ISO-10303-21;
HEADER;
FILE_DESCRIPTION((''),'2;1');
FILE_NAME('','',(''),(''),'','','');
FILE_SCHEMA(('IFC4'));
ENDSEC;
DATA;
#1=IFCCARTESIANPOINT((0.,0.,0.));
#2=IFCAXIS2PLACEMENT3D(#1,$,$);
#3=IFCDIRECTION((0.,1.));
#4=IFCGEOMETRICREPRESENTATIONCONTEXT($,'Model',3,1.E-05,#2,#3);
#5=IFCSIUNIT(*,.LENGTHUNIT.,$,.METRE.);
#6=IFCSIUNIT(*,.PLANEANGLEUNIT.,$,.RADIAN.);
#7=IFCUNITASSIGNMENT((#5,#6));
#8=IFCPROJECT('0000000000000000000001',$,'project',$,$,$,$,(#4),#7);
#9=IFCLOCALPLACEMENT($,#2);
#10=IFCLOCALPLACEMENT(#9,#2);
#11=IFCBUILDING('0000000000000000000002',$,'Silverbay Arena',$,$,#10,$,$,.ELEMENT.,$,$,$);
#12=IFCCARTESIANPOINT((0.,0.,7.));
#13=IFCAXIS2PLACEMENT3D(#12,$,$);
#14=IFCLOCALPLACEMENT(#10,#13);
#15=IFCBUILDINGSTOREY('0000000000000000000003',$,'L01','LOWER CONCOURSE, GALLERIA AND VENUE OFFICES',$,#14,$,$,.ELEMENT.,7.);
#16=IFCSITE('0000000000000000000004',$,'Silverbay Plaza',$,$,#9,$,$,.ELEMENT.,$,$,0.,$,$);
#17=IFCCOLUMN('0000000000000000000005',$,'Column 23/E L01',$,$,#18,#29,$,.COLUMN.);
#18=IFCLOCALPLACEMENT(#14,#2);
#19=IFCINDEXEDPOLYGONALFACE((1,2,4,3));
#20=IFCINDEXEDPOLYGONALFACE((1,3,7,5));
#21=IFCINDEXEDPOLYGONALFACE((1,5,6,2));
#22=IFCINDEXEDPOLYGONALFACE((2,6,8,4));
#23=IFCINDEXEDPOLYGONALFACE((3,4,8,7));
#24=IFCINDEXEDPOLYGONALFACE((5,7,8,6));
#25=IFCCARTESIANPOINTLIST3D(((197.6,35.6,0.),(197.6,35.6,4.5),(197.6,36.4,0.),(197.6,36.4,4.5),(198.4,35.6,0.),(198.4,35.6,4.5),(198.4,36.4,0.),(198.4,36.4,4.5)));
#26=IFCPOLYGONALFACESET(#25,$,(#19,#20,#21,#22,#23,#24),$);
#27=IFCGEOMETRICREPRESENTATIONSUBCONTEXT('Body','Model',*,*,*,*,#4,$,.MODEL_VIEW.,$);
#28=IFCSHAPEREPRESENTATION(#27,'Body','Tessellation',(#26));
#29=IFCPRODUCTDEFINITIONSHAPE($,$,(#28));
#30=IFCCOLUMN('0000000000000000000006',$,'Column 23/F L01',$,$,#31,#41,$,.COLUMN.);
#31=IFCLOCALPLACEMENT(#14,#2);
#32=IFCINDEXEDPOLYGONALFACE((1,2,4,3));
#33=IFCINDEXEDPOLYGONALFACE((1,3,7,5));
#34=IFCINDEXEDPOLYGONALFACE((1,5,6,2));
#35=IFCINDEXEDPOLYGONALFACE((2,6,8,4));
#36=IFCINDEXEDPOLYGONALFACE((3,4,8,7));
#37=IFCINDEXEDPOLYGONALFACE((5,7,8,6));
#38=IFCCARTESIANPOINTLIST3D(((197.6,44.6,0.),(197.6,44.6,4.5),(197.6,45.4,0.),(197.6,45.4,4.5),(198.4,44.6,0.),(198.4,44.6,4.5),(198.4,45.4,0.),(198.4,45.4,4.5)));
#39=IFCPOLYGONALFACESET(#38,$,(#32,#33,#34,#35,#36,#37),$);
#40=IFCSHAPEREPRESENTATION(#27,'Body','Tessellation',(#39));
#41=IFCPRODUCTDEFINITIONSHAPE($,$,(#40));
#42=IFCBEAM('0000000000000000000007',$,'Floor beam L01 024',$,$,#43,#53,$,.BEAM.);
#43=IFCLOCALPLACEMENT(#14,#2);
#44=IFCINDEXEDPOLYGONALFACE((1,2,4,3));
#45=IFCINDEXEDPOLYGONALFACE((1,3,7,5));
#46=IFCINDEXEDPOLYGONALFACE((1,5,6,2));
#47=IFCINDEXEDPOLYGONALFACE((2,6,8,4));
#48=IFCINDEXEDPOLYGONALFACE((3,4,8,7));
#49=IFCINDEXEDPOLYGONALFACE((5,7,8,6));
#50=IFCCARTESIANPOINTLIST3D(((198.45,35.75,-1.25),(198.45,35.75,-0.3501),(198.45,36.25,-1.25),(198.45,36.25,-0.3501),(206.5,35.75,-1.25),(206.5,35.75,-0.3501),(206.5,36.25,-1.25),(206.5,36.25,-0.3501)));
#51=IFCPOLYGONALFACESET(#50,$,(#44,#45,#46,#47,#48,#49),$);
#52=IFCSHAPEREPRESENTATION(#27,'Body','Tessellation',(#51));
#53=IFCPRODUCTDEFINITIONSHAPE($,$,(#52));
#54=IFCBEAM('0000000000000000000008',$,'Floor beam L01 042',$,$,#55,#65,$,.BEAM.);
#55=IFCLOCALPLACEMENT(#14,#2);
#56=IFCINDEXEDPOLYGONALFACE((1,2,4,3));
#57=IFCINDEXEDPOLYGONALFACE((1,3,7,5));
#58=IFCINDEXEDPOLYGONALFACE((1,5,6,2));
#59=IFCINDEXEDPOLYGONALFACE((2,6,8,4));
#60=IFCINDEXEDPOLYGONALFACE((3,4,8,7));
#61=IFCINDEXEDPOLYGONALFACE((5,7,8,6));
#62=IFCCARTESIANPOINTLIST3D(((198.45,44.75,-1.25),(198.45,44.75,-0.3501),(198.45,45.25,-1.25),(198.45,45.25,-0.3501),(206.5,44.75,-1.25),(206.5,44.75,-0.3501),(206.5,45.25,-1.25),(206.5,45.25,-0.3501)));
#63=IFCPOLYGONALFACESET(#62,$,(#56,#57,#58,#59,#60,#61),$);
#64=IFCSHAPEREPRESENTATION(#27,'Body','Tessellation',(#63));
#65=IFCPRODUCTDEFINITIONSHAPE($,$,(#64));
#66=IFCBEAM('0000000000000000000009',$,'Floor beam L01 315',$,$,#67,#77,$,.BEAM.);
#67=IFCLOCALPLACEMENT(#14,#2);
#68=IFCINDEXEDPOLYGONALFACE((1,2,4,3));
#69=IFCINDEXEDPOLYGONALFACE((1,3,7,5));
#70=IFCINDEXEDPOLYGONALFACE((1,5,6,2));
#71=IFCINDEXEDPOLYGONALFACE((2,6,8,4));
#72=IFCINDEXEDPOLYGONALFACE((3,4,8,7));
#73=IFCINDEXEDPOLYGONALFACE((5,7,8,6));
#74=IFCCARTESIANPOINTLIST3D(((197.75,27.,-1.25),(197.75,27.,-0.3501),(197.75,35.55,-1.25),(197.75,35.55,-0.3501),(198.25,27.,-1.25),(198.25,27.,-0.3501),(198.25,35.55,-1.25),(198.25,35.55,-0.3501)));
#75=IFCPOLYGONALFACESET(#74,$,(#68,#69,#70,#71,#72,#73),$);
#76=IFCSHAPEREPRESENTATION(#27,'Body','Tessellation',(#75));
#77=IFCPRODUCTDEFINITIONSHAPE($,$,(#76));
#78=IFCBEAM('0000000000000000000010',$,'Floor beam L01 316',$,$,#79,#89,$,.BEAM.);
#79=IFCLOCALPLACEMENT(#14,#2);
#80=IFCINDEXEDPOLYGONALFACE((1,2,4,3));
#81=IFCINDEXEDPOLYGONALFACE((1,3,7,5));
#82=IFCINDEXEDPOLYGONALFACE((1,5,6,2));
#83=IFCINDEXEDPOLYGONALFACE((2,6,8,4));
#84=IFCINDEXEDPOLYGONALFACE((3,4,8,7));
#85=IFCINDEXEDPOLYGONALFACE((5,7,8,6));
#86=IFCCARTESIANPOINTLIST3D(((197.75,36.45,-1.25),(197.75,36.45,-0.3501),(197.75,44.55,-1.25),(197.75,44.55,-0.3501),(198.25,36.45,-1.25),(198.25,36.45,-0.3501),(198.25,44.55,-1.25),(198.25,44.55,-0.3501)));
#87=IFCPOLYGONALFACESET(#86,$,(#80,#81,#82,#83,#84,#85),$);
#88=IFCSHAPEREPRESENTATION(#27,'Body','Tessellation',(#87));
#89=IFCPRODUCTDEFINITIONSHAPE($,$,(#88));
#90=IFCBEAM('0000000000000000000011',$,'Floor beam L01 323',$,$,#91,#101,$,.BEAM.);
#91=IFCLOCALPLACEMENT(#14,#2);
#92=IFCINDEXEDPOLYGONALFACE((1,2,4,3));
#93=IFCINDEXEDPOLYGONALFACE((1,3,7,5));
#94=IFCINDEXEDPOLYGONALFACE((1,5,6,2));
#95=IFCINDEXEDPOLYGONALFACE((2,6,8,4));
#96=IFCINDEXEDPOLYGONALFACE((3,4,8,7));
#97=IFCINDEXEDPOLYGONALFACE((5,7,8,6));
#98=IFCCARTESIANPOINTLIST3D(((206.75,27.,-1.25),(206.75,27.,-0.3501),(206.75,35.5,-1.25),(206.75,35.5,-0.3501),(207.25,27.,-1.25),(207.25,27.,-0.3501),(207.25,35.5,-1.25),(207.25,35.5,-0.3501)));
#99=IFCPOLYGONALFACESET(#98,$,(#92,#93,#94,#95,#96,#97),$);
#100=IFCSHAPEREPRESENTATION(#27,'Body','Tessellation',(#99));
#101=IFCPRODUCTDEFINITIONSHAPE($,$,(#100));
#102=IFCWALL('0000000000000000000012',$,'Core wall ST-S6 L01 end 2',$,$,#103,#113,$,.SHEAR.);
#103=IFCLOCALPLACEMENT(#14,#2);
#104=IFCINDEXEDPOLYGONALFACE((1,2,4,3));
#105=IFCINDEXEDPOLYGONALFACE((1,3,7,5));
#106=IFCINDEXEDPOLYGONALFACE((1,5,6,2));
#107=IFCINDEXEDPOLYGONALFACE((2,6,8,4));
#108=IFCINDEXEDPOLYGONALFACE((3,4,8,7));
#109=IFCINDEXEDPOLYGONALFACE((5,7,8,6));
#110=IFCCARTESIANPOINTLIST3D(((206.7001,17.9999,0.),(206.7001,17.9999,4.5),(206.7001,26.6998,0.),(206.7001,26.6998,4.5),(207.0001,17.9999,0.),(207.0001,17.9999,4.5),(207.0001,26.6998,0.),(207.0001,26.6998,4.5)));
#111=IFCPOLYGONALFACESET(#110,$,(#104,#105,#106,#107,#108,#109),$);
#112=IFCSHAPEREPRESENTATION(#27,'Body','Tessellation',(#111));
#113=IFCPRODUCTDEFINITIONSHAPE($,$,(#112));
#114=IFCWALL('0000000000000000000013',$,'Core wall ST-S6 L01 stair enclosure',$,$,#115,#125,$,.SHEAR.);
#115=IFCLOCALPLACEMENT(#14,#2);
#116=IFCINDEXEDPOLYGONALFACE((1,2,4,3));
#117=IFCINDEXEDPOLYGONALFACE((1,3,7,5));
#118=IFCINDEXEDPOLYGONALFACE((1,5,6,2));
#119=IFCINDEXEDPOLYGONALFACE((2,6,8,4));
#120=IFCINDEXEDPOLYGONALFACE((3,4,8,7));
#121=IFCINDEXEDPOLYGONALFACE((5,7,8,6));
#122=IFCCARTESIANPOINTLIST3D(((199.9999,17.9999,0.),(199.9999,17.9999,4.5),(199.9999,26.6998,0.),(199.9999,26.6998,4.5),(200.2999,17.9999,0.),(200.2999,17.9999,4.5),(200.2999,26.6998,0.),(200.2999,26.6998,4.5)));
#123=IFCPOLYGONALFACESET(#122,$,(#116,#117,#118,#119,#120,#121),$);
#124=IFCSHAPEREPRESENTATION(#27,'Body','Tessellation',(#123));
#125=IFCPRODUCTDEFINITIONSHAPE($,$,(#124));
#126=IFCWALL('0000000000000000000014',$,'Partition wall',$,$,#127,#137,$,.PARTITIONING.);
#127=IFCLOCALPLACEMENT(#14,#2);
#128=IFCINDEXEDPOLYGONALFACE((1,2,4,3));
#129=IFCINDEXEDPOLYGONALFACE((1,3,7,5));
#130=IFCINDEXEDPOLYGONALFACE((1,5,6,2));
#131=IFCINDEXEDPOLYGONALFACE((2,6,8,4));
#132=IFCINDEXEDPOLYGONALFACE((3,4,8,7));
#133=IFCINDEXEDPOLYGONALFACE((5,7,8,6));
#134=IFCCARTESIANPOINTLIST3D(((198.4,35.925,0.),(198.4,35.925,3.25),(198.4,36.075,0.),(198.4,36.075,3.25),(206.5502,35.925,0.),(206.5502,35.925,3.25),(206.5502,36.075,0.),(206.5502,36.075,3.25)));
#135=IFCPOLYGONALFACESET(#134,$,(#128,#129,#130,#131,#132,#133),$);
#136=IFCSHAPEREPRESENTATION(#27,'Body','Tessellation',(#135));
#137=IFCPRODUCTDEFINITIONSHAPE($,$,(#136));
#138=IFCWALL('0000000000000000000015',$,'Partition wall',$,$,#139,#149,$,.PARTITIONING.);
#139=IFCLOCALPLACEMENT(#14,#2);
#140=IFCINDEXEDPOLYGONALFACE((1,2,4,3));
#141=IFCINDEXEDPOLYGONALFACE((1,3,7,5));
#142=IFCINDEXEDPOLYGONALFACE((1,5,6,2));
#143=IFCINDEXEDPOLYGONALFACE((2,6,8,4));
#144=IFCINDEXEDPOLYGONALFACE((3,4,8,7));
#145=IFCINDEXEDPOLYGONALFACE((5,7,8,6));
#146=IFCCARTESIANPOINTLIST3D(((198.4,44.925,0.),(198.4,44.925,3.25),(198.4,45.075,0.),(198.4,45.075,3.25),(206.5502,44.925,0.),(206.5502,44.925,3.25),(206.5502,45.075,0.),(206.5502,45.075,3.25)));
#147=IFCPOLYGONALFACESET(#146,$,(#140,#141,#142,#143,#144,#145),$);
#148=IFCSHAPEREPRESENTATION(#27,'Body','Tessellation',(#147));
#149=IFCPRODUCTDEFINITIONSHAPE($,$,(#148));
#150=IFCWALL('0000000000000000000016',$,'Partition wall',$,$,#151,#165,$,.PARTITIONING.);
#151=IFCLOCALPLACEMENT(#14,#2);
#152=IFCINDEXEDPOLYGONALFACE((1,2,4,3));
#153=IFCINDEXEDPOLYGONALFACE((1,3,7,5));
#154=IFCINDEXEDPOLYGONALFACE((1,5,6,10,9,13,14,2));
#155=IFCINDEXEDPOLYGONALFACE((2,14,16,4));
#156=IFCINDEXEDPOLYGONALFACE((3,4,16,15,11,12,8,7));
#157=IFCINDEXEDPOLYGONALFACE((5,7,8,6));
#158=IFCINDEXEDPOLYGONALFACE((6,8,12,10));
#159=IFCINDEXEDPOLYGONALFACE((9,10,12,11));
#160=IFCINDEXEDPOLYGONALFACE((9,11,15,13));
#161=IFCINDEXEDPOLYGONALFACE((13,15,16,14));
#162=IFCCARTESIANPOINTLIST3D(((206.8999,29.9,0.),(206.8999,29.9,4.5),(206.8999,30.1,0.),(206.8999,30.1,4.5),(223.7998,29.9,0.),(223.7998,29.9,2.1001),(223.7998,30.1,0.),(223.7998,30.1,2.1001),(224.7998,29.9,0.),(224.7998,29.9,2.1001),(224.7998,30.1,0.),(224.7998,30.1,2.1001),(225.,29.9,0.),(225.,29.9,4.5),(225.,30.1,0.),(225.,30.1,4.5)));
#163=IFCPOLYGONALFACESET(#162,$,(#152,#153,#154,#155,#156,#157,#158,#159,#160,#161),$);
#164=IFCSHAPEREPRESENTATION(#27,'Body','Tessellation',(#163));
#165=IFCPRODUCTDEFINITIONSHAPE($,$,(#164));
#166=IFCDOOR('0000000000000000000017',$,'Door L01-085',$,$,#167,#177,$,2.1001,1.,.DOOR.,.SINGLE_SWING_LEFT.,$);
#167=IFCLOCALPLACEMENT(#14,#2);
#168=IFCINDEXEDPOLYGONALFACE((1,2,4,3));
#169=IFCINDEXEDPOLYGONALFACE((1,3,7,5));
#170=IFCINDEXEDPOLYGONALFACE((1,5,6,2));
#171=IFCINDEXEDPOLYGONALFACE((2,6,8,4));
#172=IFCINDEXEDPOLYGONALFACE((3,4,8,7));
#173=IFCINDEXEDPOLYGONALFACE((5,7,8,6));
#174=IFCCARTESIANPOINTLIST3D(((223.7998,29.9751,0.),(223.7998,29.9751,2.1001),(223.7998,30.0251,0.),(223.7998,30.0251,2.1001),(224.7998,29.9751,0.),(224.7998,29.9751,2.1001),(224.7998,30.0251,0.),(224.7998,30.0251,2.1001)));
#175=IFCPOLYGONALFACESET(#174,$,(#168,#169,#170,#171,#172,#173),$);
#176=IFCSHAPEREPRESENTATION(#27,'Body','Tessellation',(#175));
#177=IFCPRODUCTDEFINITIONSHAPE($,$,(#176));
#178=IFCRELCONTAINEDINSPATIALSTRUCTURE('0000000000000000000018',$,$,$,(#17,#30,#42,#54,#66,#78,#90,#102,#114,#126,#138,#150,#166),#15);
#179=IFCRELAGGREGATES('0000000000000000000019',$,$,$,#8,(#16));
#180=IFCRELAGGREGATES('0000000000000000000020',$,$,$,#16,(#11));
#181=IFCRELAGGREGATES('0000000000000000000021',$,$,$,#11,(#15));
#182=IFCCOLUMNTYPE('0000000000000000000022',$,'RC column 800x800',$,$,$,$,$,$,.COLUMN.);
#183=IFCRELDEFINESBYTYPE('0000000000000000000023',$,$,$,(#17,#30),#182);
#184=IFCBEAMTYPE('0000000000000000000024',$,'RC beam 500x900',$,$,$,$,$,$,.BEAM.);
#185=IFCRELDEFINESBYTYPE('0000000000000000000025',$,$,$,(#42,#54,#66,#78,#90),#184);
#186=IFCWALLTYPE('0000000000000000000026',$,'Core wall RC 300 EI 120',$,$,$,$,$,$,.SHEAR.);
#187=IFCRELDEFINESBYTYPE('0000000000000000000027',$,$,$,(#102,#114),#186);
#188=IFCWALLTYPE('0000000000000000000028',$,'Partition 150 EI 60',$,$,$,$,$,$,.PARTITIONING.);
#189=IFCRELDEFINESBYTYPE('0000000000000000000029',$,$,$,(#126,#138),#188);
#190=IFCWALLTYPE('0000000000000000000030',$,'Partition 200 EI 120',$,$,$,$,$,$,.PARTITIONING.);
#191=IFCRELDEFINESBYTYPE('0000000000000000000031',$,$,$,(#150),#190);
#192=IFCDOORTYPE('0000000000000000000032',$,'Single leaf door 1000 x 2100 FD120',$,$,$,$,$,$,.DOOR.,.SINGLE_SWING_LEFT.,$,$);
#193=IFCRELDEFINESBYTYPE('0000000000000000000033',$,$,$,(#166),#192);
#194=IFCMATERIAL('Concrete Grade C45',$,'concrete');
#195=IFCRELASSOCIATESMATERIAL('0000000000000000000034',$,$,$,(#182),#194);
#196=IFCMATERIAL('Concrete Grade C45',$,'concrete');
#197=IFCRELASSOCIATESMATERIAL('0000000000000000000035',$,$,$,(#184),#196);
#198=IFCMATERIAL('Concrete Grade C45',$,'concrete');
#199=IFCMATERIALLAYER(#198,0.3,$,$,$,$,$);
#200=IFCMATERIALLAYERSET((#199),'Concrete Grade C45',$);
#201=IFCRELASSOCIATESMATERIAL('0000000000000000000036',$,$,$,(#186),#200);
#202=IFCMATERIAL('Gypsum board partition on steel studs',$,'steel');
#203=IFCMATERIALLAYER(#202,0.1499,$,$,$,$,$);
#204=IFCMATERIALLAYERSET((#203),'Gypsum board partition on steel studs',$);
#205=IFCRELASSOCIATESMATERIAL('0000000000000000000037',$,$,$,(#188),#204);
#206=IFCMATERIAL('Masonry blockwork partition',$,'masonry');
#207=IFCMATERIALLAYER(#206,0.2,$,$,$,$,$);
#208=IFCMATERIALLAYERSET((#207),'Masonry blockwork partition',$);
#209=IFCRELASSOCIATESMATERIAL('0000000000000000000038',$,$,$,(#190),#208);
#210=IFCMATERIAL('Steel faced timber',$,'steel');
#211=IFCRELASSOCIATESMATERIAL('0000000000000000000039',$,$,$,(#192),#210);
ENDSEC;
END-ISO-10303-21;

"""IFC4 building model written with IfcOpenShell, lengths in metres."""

from ifc_helpers import new_model, si_unit, direction, frame, frame_2d, origin, origin_2d, place, context, subcontext, project, spatial, rectangle, extrude, material, layer, layer_set, material_profile, profile_set, type_object, element, fill, save


model = new_model("IFC4")

# Units and contexts
model_context = context("Model", 3, precision=1e-05, world=origin(), true_north=direction((0.0, 1.0)))
body_context = subcontext(model_context, "Body", "Model", "MODEL_VIEW")
ifc_project = project(units=[si_unit("LENGTHUNIT", "METRE"), si_unit("PLANEANGLEUNIT", "RADIAN")], contexts=[model_context])

# Site, building, storey
site_placement = place(None, origin())
site = spatial("IfcSite", under=ifc_project, at=site_placement, Name="Silverbay Plaza", CompositionType="ELEMENT", RefElevation=0.0)
building_placement = place(site_placement, origin())
building = spatial("IfcBuilding", under=site, at=building_placement, Name="Silverbay Arena", CompositionType="ELEMENT")
storey_placement = place(building_placement, frame((0.0, 0.0, 7.0)))
storey = spatial("IfcBuildingStorey", under=building, at=storey_placement, Name="L01", Description="LOWER CONCOURSE, GALLERIA AND VENUE OFFICES", CompositionType="ELEMENT", Elevation=7.0)

# Columns
ifc_material_1 = material(Name="Concrete Grade C45", Category="concrete")
ifc_material_profile_1 = material_profile(ifc_material_1, rectangle(XDim=0.8, YDim=0.8, at=origin_2d()), Name="RC 800x800")
ifc_profile_set_1 = profile_set([ifc_material_profile_1], Name="Concrete Grade C45")
column_type = type_object("IfcColumnType", Name="RC column 800x800", PredefinedType="COLUMN", material=ifc_profile_set_1)
for number, where, z_axis, x_axis, name in (
    (1, (198.0, 36.0, 0.0), (0.0, 0.0, 1.0), (1.0, 0.0, 0.0), "Column 23/E L01"),
    (2, (198.0, 45.0, 0.0), (0.0, 0.0, 1.0), (1.0, 0.0, 0.0), "Column 23/F L01"),
):
    element("IfcColumn", number, at=place(storey_placement, frame(where, z_axis=z_axis, x_axis=x_axis)), inside=storey, type_object=column_type, Name=name, PredefinedType="COLUMN", context=body_context, shape_type="SweptSolid", body=[
        extrude(rectangle(XDim=0.8, YDim=0.8, at=origin_2d()), origin(), (0.0, 0.0, 1.0), 4.5),
    ])

# Beams
ifc_material_2 = material(Name="Concrete Grade C45", Category="concrete")
ifc_material_profile_2 = material_profile(ifc_material_2, rectangle(XDim=0.5, YDim=0.8999, at=origin_2d()), Name="RC 500x900")
ifc_profile_set_2 = profile_set([ifc_material_profile_2], Name="Concrete Grade C45")
beam_type = type_object("IfcBeamType", Name="RC beam 500x900", PredefinedType="BEAM", material=ifc_profile_set_2)
for number, where, z_axis, x_axis, name in (
    (3, (198.45, 36.0, -0.8), (1.0, 0.0, 0.0), (0.0, 1.0, 0.0), "Floor beam L01 024"),
    (4, (198.45, 45.0, -0.8), (1.0, 0.0, 0.0), (0.0, 1.0, 0.0), "Floor beam L01 042"),
):
    element("IfcBeam", number, at=place(storey_placement, frame(where, z_axis=z_axis, x_axis=x_axis)), inside=storey, type_object=beam_type, Name=name, PredefinedType="BEAM", context=body_context, shape_type="SweptSolid", body=[
        extrude(rectangle(XDim=0.5, YDim=0.8999, at=origin_2d()), origin(), (0.0, 0.0, 1.0), 8.05),
    ])
beam_1_placement = place(storey_placement, frame((198.0, 27.0, -0.8), z_axis=(0.0, 1.0, 0.0), x_axis=(-1.0, 0.0, 0.0)))
element("IfcBeam", 5, at=beam_1_placement, inside=storey, type_object=beam_type, Name="Floor beam L01 315", PredefinedType="BEAM", context=body_context, shape_type="SweptSolid", body=[
    extrude(rectangle(XDim=0.5, YDim=0.8999, at=origin_2d()), origin(), (0.0, 0.0, 1.0), 8.55),
])
beam_2_placement = place(storey_placement, frame((198.0, 36.45, -0.8), z_axis=(0.0, 1.0, 0.0), x_axis=(-1.0, 0.0, 0.0)))
element("IfcBeam", 6, at=beam_2_placement, inside=storey, type_object=beam_type, Name="Floor beam L01 316", PredefinedType="BEAM", context=body_context, shape_type="SweptSolid", body=[
    extrude(rectangle(XDim=0.5, YDim=0.8999, at=origin_2d()), origin(), (0.0, 0.0, 1.0), 8.1001),
])
beam_3_placement = place(storey_placement, frame((207.0, 27.0, -0.8), z_axis=(0.0, 1.0, 0.0), x_axis=(-1.0, 0.0, 0.0)))
element("IfcBeam", 7, at=beam_3_placement, inside=storey, type_object=beam_type, Name="Floor beam L01 323", PredefinedType="BEAM", context=body_context, shape_type="SweptSolid", body=[
    extrude(rectangle(XDim=0.5, YDim=0.8999, at=origin_2d()), origin(), (0.0, 0.0, 1.0), 8.5),
])

# Walls
ifc_material_3 = material(Name="Concrete Grade C45", Category="concrete")
ifc_layer_1 = layer(ifc_material_3, 0.3)
ifc_layer_set_1 = layer_set([ifc_layer_1], Name="Concrete Grade C45")
wall_type_1 = type_object("IfcWallType", Name="Core wall RC 300 EI 120", PredefinedType="SHEAR", material=ifc_layer_set_1)
for number, where, z_axis, x_axis, name in (
    (8, (206.8501, 26.7, 0.0), (0.0, 0.0, 1.0), (0.0, -1.0, 0.0), "Core wall ST-S6 L01 end 2"),
    (9, (200.1499, 26.7, 0.0), (0.0, 0.0, 1.0), (0.0, -1.0, 0.0), "Core wall ST-S6 L01 stair enclosure"),
):
    element("IfcWall", number, at=place(storey_placement, frame(where, z_axis=z_axis, x_axis=x_axis)), inside=storey, type_object=wall_type_1, Name=name, PredefinedType="SHEAR", context=body_context, shape_type="SweptSolid", body=[
        extrude(rectangle(XDim=8.7, YDim=0.3, at=frame_2d((4.3501, 0.0))), origin(), (0.0, 0.0, 1.0), 4.5),
    ])
ifc_material_4 = material(Name="Gypsum board partition on steel studs", Category="steel")
ifc_layer_2 = layer(ifc_material_4, 0.1499)
ifc_layer_set_2 = layer_set([ifc_layer_2], Name="Gypsum board partition on steel studs")
wall_type_2 = type_object("IfcWallType", Name="Partition 150 EI 60", PredefinedType="PARTITIONING", material=ifc_layer_set_2)
for number, where, z_axis, x_axis, name in (
    (10, (198.3999, 36.0, 0.0), (0.0, 0.0, 1.0), (1.0, 0.0, 0.0), "Partition wall"),
    (11, (198.3999, 45.0, 0.0), (0.0, 0.0, 1.0), (1.0, 0.0, 0.0), "Partition wall"),
):
    element("IfcWall", number, at=place(storey_placement, frame(where, z_axis=z_axis, x_axis=x_axis)), inside=storey, type_object=wall_type_2, Name=name, PredefinedType="PARTITIONING", context=body_context, shape_type="SweptSolid", body=[
        extrude(rectangle(XDim=8.1501, YDim=0.1499, at=frame_2d((4.0752, 0.0))), origin(), (0.0, 0.0, 1.0), 3.25),
    ])

# Wall, opening, door
ifc_material_5 = material(Name="Masonry blockwork partition", Category="masonry")
ifc_layer_3 = layer(ifc_material_5, 0.2)
ifc_layer_set_3 = layer_set([ifc_layer_3], Name="Masonry blockwork partition")
wall_type_3 = type_object("IfcWallType", Name="Partition 200 EI 120", PredefinedType="PARTITIONING", material=ifc_layer_set_3)
wall_1_placement = place(storey_placement, frame((206.8999, 30.0, 0.0), z_axis=(0.0, 0.0, 1.0), x_axis=(1.0, 0.0, 0.0)))
wall_1 = element("IfcWall", 12, at=wall_1_placement, inside=storey, type_object=wall_type_3, Name="Partition wall", PredefinedType="PARTITIONING", context=body_context, shape_type="SweptSolid", body=[
    extrude(rectangle(XDim=18.1001, YDim=0.2, at=frame_2d((9.05, 0.0))), origin(), (0.0, 0.0, 1.0), 4.5),
])
opening_1_placement = place(wall_1_placement, frame((16.8999, 0.0, 0.0)))
opening_1 = element("IfcOpeningElement", 13, at=opening_1_placement, cuts=wall_1, PredefinedType="OPENING", context=body_context, shape_type="SweptSolid", body=[
    extrude(rectangle(XDim=1.0, YDim=2.1001, at=frame_2d((0.5, 1.05))), frame((0.0, 0.1099, 0.0), z_axis=(0.0, -1.0, 0.0), x_axis=(1.0, 0.0, 0.0)), (0.0, 0.0, 1.0), 0.22),
])
ifc_material_6 = material(Name="Steel faced timber", Category="steel")
door_type_1 = type_object("IfcDoorType", Name="Single leaf door 1000 x 2100 FD120", OperationType="SINGLE_SWING_LEFT", PredefinedType="DOOR", material=ifc_material_6)
door_1_placement = place(opening_1_placement, frame((1.0, 0.0, 0.0), z_axis=(0.0, 0.0, 1.0), x_axis=(-1.0, 0.0, 0.0)))
door_1 = element("IfcDoor", 14, at=door_1_placement, inside=storey, type_object=door_type_1, Name="Door L01-085", OperationType="SINGLE_SWING_LEFT", OverallHeight=2.1001, OverallWidth=1.0, PredefinedType="DOOR", context=body_context, shape_type="SweptSolid", body=[
    extrude(rectangle(XDim=1.0, YDim=2.1001, at=frame_2d((0.5, 1.05))), frame((0.0, 0.0249, 0.0), z_axis=(0.0, -1.0, 0.0), x_axis=(1.0, 0.0, 0.0)), (0.0, 0.0, 1.0), 0.05),
])
fill(opening_1, door_1)

save(model, "model.ifc")
